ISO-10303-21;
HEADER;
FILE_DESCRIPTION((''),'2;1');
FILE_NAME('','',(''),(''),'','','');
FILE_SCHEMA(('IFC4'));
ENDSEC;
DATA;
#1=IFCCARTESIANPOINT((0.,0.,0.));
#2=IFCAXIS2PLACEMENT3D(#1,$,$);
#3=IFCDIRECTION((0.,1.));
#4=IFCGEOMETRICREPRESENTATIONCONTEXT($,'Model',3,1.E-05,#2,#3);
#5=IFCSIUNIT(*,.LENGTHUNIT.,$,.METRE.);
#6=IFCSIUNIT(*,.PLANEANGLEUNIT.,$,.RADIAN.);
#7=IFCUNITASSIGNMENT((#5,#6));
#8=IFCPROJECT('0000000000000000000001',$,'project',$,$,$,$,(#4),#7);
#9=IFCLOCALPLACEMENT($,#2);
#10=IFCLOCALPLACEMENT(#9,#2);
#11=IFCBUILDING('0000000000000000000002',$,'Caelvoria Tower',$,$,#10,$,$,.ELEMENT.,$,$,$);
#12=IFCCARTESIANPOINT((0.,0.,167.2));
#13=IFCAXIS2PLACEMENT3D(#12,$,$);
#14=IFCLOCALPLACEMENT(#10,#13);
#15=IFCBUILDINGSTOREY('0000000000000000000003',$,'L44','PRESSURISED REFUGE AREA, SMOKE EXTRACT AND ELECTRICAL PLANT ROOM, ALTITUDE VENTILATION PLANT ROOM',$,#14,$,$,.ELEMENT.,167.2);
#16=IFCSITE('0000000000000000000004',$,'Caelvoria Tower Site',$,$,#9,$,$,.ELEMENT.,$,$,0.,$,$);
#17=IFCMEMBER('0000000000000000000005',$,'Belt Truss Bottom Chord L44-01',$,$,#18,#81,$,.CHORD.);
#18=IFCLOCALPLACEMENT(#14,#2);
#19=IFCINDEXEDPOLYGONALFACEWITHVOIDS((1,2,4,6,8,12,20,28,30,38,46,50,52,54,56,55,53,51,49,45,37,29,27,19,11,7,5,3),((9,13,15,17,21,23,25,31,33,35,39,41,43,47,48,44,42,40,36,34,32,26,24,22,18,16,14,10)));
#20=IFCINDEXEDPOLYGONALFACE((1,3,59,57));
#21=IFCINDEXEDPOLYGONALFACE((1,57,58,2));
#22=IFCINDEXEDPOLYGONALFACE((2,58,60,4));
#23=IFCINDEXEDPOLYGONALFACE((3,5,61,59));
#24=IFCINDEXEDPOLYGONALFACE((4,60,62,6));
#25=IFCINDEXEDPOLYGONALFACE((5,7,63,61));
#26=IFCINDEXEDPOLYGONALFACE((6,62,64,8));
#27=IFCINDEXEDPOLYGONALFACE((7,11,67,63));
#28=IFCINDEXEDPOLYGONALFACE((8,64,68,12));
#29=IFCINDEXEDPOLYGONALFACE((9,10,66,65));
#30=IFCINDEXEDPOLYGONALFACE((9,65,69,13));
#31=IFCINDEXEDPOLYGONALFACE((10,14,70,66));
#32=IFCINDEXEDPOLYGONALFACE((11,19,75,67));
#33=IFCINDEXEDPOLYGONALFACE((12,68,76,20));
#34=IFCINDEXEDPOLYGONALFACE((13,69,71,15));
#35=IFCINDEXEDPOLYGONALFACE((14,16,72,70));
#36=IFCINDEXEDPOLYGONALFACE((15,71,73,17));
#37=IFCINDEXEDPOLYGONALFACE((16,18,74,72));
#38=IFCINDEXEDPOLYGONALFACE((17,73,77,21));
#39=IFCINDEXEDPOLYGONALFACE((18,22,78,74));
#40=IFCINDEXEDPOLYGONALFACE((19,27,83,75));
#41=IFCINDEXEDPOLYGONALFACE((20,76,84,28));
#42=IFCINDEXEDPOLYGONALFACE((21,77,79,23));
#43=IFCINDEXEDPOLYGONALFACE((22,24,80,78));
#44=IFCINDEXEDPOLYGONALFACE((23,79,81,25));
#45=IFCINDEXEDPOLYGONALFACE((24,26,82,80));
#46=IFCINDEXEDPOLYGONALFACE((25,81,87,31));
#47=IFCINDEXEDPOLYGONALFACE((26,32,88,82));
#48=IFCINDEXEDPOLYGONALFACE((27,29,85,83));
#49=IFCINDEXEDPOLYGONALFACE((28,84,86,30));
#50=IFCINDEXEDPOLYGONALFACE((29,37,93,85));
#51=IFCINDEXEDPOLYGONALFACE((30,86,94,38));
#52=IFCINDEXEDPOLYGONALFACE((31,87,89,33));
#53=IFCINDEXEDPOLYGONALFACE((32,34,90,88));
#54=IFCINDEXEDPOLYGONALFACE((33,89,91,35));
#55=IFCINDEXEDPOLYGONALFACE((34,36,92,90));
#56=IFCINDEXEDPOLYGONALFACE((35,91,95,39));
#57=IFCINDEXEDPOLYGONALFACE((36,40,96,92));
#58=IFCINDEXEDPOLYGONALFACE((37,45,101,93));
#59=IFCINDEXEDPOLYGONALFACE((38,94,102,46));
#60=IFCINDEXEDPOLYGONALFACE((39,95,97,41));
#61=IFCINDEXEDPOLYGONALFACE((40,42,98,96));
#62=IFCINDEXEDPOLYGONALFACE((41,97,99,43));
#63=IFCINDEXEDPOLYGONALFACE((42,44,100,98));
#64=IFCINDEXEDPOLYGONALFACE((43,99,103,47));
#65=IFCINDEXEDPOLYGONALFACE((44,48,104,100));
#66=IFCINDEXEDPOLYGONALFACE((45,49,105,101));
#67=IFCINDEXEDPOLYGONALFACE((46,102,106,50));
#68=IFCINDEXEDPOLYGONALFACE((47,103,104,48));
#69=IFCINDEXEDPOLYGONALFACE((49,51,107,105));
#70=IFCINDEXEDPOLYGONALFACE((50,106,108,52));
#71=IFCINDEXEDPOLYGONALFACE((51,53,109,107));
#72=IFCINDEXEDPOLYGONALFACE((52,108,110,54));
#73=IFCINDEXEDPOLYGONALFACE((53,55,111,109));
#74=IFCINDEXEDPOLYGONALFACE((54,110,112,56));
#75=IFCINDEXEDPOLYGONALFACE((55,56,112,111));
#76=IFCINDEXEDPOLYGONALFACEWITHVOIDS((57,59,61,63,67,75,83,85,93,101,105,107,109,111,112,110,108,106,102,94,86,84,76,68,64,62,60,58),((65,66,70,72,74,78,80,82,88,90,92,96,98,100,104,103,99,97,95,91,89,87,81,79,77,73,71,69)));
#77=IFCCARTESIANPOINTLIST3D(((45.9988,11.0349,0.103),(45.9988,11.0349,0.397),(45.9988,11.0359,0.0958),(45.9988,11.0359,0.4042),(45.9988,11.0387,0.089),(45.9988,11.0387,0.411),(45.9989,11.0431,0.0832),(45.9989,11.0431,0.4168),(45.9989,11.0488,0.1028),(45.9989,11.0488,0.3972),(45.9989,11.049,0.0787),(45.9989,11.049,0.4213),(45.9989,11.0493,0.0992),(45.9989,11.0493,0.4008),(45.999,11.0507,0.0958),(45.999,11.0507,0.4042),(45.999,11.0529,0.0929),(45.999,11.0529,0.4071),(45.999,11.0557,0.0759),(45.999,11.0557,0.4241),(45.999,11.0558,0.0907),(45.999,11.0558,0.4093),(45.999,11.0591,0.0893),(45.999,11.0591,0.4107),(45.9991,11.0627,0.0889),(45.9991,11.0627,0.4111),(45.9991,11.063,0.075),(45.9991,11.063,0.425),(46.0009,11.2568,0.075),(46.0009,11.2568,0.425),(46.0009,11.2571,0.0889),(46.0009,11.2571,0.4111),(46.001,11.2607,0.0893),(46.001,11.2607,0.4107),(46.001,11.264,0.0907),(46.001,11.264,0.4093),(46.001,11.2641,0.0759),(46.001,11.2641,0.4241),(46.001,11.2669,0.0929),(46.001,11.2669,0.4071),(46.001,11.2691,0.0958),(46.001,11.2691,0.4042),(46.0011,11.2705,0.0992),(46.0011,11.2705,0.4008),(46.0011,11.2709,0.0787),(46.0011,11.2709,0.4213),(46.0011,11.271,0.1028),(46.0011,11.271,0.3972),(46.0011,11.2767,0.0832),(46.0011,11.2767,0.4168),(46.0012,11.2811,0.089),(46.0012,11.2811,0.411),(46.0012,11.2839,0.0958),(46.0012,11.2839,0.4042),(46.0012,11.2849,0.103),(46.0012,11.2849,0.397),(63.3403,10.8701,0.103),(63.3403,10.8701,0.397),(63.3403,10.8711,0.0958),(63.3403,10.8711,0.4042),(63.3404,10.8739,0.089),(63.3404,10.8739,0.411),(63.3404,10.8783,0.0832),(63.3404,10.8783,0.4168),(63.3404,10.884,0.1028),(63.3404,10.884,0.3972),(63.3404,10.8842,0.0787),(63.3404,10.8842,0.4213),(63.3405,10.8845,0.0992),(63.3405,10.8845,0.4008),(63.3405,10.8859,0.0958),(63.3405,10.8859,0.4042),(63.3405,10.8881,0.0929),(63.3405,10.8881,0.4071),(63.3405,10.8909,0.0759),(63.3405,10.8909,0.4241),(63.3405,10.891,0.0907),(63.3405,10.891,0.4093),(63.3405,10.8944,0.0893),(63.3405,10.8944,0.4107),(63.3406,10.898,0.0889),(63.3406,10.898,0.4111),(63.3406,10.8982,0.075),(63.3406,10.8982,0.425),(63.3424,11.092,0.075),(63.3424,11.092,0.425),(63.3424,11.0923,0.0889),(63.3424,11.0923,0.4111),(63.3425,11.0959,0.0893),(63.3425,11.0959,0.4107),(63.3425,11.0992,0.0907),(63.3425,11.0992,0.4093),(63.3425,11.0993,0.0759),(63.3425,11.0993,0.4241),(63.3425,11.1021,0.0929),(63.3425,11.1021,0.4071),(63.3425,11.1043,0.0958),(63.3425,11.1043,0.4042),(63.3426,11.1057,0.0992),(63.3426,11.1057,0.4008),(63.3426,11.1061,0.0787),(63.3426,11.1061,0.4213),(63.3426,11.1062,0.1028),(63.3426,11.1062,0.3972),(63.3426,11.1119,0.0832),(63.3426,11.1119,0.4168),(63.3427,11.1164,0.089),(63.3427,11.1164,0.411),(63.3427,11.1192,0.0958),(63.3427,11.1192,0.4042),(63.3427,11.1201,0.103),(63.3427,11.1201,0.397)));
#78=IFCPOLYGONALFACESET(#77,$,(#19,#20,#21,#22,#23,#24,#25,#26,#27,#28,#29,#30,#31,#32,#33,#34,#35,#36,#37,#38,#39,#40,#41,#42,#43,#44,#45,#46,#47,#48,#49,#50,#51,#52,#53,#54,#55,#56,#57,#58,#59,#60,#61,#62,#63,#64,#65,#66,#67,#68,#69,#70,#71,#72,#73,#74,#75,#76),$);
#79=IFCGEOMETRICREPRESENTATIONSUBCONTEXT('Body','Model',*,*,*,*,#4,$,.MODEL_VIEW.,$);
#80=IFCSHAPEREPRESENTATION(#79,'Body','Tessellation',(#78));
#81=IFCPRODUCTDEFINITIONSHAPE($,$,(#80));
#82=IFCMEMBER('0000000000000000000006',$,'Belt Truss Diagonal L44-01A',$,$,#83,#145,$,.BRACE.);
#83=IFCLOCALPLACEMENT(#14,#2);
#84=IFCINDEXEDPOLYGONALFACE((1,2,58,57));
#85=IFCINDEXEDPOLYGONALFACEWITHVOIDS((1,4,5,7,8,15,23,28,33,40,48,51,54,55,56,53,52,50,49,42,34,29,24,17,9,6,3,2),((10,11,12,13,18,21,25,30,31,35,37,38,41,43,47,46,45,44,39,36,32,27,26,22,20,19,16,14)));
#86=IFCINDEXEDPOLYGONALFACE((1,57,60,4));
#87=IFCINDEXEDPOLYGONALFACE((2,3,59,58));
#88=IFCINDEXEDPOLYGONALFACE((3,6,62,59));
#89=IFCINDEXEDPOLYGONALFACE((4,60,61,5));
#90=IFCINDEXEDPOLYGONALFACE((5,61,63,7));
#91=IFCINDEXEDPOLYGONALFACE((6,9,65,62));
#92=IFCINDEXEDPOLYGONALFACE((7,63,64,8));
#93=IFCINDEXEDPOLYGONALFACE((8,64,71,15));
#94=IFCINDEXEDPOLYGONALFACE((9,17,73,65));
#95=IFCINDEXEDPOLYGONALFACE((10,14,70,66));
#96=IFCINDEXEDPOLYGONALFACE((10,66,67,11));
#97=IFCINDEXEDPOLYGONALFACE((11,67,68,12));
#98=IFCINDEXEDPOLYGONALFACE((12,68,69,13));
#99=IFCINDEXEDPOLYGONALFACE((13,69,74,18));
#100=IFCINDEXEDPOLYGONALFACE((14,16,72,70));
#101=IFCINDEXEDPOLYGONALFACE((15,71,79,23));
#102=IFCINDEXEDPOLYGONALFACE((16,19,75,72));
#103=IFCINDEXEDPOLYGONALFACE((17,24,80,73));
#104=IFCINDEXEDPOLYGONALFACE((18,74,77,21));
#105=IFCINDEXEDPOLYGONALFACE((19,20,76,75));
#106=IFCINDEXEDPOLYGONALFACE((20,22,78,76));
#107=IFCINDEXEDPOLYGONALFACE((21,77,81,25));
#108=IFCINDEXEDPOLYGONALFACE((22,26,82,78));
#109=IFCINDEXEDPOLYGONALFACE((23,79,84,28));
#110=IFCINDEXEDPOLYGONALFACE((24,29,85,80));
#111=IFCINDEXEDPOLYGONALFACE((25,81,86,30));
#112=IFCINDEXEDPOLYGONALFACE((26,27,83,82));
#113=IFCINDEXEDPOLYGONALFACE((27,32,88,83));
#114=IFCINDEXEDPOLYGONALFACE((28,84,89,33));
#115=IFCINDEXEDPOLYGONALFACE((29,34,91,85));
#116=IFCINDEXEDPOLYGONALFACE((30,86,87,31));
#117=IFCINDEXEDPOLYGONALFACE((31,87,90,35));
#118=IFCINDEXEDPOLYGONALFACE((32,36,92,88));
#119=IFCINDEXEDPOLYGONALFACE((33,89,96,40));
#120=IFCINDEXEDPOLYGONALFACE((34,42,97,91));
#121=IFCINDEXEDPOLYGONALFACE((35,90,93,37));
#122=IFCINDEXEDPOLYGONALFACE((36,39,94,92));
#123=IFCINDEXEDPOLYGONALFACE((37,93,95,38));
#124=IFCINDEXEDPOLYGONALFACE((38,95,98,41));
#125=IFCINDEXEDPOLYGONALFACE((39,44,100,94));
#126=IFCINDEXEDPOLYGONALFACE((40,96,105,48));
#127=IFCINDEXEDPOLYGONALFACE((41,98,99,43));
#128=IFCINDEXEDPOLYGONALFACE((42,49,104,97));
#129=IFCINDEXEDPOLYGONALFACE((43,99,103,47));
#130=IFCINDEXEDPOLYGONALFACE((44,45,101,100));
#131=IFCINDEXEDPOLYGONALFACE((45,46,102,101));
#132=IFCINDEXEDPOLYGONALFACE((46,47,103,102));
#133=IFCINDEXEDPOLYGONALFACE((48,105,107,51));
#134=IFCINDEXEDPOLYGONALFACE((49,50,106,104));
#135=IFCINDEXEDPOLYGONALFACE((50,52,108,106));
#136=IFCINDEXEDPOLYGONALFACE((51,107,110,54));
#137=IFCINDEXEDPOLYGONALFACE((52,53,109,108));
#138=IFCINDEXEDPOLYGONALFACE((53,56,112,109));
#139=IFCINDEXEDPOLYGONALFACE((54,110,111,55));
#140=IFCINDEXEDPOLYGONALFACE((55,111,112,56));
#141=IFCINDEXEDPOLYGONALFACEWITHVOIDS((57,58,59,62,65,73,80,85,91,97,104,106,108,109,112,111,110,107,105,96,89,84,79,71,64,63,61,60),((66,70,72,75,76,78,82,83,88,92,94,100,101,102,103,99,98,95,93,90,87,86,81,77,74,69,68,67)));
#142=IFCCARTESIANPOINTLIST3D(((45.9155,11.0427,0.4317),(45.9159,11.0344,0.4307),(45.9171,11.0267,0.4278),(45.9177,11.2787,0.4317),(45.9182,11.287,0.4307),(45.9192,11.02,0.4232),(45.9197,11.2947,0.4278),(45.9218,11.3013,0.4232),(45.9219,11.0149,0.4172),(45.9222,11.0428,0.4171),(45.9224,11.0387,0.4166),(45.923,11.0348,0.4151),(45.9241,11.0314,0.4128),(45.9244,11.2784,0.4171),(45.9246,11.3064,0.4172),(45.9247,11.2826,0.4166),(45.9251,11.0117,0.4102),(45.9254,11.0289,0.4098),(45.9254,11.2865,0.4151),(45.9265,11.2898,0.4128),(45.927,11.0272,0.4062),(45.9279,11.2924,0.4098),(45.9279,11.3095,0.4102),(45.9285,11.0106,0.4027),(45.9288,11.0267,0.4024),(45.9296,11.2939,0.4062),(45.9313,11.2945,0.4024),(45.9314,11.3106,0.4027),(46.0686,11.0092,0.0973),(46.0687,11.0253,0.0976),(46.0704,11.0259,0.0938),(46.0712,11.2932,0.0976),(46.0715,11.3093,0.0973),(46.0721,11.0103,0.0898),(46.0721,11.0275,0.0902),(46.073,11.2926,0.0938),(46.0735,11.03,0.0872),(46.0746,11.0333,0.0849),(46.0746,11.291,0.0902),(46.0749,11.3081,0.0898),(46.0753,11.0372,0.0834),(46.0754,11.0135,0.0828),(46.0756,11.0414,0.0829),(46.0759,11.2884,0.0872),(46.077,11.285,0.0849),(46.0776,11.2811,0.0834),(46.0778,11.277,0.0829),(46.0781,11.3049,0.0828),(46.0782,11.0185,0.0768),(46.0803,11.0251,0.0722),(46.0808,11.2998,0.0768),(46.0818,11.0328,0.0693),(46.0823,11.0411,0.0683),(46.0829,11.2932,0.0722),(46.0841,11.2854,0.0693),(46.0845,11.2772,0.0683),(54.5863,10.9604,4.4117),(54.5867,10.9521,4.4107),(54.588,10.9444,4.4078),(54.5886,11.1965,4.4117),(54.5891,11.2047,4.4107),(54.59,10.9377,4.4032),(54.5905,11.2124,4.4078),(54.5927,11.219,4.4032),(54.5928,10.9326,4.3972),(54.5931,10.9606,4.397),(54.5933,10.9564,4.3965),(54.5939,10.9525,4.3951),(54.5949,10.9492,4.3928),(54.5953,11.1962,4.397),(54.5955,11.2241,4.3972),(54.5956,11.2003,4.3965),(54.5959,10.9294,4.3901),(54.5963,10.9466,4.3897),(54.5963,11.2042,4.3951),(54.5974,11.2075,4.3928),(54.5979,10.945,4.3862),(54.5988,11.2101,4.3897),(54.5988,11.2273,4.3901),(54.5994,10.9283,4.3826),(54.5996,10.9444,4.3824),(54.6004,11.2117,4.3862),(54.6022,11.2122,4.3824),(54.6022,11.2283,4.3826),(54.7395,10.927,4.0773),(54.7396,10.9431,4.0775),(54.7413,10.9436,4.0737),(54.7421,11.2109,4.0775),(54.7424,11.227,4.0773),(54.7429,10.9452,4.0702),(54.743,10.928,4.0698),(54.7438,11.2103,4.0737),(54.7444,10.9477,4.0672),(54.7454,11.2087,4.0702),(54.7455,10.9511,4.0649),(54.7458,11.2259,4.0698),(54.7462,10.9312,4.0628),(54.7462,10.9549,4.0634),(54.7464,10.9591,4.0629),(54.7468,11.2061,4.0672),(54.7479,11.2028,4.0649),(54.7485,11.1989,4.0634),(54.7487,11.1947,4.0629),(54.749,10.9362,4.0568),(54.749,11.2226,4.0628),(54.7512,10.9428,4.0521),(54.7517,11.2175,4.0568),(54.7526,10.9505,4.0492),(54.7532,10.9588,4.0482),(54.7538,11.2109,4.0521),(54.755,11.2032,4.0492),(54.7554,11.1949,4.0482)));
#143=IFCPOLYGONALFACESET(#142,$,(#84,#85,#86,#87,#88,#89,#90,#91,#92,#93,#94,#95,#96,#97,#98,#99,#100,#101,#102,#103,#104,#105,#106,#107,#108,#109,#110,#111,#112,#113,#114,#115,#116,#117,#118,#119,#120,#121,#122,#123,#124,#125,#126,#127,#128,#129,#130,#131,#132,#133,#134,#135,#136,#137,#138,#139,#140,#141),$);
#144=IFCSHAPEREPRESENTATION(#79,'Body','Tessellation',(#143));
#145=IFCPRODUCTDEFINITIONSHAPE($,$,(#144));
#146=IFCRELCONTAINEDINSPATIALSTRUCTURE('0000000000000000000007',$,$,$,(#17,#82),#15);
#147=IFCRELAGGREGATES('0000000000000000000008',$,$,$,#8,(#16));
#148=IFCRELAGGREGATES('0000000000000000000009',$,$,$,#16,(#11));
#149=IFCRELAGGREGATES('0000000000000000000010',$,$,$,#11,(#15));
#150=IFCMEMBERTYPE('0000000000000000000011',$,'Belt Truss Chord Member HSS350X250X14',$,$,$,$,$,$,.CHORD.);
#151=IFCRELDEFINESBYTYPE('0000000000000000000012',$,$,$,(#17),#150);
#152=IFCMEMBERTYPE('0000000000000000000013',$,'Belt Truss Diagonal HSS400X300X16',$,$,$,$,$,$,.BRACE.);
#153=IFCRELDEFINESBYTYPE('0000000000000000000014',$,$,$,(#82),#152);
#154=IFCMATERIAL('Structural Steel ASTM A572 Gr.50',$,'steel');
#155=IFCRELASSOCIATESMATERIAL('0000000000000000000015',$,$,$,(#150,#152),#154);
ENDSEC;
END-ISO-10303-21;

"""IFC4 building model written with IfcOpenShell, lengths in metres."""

from ifc_helpers import new_model, si_unit, direction, frame, origin, origin_2d, place, context, subcontext, project, spatial, hollow_rectangle, extrude, material, material_profile, profile_set, type_object, element, save


model = new_model("IFC4")

# Units and contexts
model_context = context("Model", 3, precision=1e-05, world=origin(), true_north=direction((0.0, 1.0)))
body_context = subcontext(model_context, "Body", "Model", "MODEL_VIEW")
ifc_project = project(units=[si_unit("LENGTHUNIT", "METRE"), si_unit("PLANEANGLEUNIT", "RADIAN")], contexts=[model_context])

# Site, building, storey
site_placement = place(None, origin())
site = spatial("IfcSite", under=ifc_project, at=site_placement, Name="Caelvoria Tower Site", CompositionType="ELEMENT", RefElevation=0.0)
building_placement = place(site_placement, origin())
building = spatial("IfcBuilding", under=site, at=building_placement, Name="Caelvoria Tower", CompositionType="ELEMENT")
storey_placement = place(building_placement, frame((0.0, 0.0, 167.2)))
storey = spatial("IfcBuildingStorey", under=building, at=storey_placement, Name="L44", Description="PRESSURISED REFUGE AREA, SMOKE EXTRACT AND ELECTRICAL PLANT ROOM, ALTITUDE VENTILATION PLANT ROOM", CompositionType="ELEMENT", Elevation=167.2)

# Members
ifc_material_1 = material(Name="Structural Steel ASTM A572 Gr.50", Category="steel")
ifc_material_profile_1 = material_profile(ifc_material_1, hollow_rectangle(XDim=0.25, YDim=0.3501, WallThickness=0.0139, InnerFilletRadius=0.0139, OuterFilletRadius=0.0281, at=origin_2d()), Name="Structural Steel ASTM A572 Gr.50")
ifc_profile_set_1 = profile_set([ifc_material_profile_1], Name="HSS350X250X14 - Structural Steel ASTM A572 Gr.50")
member_type_1 = type_object("IfcMemberType", Name="Belt Truss Chord Member HSS350X250X14", PredefinedType="CHORD", material=ifc_profile_set_1)
member_1_placement = place(storey_placement, frame((46.0, 11.1599, 0.25), z_axis=(0.999955, -0.009502, 0.0), x_axis=(0.009502, 0.999955, 0.0)))
element("IfcMember", 1, at=member_1_placement, inside=storey, type_object=member_type_1, Name="Belt Truss Bottom Chord L44-01", PredefinedType="CHORD", context=body_context, shape_type="SweptSolid", body=[
    extrude(hollow_rectangle(XDim=0.25, YDim=0.3501, WallThickness=0.0139, InnerFilletRadius=0.0139, OuterFilletRadius=0.0281, at=origin_2d()), origin(), (0.0, 0.0, 1.0), 17.3423),
])
ifc_material_profile_2 = material_profile(ifc_material_1, hollow_rectangle(XDim=0.3, YDim=0.3999, WallThickness=0.0161, InnerFilletRadius=0.0161, OuterFilletRadius=0.032, at=origin_2d()), Name="Structural Steel ASTM A572 Gr.50")
ifc_profile_set_2 = profile_set([ifc_material_profile_2], Name="HSS400X300X16 - Structural Steel ASTM A572 Gr.50")
member_type_2 = type_object("IfcMemberType", Name="Belt Truss Diagonal HSS400X300X16", PredefinedType="BRACE", material=ifc_profile_set_2)
member_2_placement = place(storey_placement, frame((46.0, 11.1599, 0.25), z_axis=(0.9088, -0.008623, 0.417143), x_axis=(0.009488, 0.999955, 0.0)))
element("IfcMember", 2, at=member_2_placement, inside=storey, type_object=member_type_2, Name="Belt Truss Diagonal L44-01A", PredefinedType="BRACE", context=body_context, shape_type="SweptSolid", body=[
    extrude(hollow_rectangle(XDim=0.3, YDim=0.3999, WallThickness=0.0161, InnerFilletRadius=0.0161, OuterFilletRadius=0.032, at=origin_2d()), origin(), (0.0, 0.0, 1.0), 9.541),
])

save(model, "model.ifc")
